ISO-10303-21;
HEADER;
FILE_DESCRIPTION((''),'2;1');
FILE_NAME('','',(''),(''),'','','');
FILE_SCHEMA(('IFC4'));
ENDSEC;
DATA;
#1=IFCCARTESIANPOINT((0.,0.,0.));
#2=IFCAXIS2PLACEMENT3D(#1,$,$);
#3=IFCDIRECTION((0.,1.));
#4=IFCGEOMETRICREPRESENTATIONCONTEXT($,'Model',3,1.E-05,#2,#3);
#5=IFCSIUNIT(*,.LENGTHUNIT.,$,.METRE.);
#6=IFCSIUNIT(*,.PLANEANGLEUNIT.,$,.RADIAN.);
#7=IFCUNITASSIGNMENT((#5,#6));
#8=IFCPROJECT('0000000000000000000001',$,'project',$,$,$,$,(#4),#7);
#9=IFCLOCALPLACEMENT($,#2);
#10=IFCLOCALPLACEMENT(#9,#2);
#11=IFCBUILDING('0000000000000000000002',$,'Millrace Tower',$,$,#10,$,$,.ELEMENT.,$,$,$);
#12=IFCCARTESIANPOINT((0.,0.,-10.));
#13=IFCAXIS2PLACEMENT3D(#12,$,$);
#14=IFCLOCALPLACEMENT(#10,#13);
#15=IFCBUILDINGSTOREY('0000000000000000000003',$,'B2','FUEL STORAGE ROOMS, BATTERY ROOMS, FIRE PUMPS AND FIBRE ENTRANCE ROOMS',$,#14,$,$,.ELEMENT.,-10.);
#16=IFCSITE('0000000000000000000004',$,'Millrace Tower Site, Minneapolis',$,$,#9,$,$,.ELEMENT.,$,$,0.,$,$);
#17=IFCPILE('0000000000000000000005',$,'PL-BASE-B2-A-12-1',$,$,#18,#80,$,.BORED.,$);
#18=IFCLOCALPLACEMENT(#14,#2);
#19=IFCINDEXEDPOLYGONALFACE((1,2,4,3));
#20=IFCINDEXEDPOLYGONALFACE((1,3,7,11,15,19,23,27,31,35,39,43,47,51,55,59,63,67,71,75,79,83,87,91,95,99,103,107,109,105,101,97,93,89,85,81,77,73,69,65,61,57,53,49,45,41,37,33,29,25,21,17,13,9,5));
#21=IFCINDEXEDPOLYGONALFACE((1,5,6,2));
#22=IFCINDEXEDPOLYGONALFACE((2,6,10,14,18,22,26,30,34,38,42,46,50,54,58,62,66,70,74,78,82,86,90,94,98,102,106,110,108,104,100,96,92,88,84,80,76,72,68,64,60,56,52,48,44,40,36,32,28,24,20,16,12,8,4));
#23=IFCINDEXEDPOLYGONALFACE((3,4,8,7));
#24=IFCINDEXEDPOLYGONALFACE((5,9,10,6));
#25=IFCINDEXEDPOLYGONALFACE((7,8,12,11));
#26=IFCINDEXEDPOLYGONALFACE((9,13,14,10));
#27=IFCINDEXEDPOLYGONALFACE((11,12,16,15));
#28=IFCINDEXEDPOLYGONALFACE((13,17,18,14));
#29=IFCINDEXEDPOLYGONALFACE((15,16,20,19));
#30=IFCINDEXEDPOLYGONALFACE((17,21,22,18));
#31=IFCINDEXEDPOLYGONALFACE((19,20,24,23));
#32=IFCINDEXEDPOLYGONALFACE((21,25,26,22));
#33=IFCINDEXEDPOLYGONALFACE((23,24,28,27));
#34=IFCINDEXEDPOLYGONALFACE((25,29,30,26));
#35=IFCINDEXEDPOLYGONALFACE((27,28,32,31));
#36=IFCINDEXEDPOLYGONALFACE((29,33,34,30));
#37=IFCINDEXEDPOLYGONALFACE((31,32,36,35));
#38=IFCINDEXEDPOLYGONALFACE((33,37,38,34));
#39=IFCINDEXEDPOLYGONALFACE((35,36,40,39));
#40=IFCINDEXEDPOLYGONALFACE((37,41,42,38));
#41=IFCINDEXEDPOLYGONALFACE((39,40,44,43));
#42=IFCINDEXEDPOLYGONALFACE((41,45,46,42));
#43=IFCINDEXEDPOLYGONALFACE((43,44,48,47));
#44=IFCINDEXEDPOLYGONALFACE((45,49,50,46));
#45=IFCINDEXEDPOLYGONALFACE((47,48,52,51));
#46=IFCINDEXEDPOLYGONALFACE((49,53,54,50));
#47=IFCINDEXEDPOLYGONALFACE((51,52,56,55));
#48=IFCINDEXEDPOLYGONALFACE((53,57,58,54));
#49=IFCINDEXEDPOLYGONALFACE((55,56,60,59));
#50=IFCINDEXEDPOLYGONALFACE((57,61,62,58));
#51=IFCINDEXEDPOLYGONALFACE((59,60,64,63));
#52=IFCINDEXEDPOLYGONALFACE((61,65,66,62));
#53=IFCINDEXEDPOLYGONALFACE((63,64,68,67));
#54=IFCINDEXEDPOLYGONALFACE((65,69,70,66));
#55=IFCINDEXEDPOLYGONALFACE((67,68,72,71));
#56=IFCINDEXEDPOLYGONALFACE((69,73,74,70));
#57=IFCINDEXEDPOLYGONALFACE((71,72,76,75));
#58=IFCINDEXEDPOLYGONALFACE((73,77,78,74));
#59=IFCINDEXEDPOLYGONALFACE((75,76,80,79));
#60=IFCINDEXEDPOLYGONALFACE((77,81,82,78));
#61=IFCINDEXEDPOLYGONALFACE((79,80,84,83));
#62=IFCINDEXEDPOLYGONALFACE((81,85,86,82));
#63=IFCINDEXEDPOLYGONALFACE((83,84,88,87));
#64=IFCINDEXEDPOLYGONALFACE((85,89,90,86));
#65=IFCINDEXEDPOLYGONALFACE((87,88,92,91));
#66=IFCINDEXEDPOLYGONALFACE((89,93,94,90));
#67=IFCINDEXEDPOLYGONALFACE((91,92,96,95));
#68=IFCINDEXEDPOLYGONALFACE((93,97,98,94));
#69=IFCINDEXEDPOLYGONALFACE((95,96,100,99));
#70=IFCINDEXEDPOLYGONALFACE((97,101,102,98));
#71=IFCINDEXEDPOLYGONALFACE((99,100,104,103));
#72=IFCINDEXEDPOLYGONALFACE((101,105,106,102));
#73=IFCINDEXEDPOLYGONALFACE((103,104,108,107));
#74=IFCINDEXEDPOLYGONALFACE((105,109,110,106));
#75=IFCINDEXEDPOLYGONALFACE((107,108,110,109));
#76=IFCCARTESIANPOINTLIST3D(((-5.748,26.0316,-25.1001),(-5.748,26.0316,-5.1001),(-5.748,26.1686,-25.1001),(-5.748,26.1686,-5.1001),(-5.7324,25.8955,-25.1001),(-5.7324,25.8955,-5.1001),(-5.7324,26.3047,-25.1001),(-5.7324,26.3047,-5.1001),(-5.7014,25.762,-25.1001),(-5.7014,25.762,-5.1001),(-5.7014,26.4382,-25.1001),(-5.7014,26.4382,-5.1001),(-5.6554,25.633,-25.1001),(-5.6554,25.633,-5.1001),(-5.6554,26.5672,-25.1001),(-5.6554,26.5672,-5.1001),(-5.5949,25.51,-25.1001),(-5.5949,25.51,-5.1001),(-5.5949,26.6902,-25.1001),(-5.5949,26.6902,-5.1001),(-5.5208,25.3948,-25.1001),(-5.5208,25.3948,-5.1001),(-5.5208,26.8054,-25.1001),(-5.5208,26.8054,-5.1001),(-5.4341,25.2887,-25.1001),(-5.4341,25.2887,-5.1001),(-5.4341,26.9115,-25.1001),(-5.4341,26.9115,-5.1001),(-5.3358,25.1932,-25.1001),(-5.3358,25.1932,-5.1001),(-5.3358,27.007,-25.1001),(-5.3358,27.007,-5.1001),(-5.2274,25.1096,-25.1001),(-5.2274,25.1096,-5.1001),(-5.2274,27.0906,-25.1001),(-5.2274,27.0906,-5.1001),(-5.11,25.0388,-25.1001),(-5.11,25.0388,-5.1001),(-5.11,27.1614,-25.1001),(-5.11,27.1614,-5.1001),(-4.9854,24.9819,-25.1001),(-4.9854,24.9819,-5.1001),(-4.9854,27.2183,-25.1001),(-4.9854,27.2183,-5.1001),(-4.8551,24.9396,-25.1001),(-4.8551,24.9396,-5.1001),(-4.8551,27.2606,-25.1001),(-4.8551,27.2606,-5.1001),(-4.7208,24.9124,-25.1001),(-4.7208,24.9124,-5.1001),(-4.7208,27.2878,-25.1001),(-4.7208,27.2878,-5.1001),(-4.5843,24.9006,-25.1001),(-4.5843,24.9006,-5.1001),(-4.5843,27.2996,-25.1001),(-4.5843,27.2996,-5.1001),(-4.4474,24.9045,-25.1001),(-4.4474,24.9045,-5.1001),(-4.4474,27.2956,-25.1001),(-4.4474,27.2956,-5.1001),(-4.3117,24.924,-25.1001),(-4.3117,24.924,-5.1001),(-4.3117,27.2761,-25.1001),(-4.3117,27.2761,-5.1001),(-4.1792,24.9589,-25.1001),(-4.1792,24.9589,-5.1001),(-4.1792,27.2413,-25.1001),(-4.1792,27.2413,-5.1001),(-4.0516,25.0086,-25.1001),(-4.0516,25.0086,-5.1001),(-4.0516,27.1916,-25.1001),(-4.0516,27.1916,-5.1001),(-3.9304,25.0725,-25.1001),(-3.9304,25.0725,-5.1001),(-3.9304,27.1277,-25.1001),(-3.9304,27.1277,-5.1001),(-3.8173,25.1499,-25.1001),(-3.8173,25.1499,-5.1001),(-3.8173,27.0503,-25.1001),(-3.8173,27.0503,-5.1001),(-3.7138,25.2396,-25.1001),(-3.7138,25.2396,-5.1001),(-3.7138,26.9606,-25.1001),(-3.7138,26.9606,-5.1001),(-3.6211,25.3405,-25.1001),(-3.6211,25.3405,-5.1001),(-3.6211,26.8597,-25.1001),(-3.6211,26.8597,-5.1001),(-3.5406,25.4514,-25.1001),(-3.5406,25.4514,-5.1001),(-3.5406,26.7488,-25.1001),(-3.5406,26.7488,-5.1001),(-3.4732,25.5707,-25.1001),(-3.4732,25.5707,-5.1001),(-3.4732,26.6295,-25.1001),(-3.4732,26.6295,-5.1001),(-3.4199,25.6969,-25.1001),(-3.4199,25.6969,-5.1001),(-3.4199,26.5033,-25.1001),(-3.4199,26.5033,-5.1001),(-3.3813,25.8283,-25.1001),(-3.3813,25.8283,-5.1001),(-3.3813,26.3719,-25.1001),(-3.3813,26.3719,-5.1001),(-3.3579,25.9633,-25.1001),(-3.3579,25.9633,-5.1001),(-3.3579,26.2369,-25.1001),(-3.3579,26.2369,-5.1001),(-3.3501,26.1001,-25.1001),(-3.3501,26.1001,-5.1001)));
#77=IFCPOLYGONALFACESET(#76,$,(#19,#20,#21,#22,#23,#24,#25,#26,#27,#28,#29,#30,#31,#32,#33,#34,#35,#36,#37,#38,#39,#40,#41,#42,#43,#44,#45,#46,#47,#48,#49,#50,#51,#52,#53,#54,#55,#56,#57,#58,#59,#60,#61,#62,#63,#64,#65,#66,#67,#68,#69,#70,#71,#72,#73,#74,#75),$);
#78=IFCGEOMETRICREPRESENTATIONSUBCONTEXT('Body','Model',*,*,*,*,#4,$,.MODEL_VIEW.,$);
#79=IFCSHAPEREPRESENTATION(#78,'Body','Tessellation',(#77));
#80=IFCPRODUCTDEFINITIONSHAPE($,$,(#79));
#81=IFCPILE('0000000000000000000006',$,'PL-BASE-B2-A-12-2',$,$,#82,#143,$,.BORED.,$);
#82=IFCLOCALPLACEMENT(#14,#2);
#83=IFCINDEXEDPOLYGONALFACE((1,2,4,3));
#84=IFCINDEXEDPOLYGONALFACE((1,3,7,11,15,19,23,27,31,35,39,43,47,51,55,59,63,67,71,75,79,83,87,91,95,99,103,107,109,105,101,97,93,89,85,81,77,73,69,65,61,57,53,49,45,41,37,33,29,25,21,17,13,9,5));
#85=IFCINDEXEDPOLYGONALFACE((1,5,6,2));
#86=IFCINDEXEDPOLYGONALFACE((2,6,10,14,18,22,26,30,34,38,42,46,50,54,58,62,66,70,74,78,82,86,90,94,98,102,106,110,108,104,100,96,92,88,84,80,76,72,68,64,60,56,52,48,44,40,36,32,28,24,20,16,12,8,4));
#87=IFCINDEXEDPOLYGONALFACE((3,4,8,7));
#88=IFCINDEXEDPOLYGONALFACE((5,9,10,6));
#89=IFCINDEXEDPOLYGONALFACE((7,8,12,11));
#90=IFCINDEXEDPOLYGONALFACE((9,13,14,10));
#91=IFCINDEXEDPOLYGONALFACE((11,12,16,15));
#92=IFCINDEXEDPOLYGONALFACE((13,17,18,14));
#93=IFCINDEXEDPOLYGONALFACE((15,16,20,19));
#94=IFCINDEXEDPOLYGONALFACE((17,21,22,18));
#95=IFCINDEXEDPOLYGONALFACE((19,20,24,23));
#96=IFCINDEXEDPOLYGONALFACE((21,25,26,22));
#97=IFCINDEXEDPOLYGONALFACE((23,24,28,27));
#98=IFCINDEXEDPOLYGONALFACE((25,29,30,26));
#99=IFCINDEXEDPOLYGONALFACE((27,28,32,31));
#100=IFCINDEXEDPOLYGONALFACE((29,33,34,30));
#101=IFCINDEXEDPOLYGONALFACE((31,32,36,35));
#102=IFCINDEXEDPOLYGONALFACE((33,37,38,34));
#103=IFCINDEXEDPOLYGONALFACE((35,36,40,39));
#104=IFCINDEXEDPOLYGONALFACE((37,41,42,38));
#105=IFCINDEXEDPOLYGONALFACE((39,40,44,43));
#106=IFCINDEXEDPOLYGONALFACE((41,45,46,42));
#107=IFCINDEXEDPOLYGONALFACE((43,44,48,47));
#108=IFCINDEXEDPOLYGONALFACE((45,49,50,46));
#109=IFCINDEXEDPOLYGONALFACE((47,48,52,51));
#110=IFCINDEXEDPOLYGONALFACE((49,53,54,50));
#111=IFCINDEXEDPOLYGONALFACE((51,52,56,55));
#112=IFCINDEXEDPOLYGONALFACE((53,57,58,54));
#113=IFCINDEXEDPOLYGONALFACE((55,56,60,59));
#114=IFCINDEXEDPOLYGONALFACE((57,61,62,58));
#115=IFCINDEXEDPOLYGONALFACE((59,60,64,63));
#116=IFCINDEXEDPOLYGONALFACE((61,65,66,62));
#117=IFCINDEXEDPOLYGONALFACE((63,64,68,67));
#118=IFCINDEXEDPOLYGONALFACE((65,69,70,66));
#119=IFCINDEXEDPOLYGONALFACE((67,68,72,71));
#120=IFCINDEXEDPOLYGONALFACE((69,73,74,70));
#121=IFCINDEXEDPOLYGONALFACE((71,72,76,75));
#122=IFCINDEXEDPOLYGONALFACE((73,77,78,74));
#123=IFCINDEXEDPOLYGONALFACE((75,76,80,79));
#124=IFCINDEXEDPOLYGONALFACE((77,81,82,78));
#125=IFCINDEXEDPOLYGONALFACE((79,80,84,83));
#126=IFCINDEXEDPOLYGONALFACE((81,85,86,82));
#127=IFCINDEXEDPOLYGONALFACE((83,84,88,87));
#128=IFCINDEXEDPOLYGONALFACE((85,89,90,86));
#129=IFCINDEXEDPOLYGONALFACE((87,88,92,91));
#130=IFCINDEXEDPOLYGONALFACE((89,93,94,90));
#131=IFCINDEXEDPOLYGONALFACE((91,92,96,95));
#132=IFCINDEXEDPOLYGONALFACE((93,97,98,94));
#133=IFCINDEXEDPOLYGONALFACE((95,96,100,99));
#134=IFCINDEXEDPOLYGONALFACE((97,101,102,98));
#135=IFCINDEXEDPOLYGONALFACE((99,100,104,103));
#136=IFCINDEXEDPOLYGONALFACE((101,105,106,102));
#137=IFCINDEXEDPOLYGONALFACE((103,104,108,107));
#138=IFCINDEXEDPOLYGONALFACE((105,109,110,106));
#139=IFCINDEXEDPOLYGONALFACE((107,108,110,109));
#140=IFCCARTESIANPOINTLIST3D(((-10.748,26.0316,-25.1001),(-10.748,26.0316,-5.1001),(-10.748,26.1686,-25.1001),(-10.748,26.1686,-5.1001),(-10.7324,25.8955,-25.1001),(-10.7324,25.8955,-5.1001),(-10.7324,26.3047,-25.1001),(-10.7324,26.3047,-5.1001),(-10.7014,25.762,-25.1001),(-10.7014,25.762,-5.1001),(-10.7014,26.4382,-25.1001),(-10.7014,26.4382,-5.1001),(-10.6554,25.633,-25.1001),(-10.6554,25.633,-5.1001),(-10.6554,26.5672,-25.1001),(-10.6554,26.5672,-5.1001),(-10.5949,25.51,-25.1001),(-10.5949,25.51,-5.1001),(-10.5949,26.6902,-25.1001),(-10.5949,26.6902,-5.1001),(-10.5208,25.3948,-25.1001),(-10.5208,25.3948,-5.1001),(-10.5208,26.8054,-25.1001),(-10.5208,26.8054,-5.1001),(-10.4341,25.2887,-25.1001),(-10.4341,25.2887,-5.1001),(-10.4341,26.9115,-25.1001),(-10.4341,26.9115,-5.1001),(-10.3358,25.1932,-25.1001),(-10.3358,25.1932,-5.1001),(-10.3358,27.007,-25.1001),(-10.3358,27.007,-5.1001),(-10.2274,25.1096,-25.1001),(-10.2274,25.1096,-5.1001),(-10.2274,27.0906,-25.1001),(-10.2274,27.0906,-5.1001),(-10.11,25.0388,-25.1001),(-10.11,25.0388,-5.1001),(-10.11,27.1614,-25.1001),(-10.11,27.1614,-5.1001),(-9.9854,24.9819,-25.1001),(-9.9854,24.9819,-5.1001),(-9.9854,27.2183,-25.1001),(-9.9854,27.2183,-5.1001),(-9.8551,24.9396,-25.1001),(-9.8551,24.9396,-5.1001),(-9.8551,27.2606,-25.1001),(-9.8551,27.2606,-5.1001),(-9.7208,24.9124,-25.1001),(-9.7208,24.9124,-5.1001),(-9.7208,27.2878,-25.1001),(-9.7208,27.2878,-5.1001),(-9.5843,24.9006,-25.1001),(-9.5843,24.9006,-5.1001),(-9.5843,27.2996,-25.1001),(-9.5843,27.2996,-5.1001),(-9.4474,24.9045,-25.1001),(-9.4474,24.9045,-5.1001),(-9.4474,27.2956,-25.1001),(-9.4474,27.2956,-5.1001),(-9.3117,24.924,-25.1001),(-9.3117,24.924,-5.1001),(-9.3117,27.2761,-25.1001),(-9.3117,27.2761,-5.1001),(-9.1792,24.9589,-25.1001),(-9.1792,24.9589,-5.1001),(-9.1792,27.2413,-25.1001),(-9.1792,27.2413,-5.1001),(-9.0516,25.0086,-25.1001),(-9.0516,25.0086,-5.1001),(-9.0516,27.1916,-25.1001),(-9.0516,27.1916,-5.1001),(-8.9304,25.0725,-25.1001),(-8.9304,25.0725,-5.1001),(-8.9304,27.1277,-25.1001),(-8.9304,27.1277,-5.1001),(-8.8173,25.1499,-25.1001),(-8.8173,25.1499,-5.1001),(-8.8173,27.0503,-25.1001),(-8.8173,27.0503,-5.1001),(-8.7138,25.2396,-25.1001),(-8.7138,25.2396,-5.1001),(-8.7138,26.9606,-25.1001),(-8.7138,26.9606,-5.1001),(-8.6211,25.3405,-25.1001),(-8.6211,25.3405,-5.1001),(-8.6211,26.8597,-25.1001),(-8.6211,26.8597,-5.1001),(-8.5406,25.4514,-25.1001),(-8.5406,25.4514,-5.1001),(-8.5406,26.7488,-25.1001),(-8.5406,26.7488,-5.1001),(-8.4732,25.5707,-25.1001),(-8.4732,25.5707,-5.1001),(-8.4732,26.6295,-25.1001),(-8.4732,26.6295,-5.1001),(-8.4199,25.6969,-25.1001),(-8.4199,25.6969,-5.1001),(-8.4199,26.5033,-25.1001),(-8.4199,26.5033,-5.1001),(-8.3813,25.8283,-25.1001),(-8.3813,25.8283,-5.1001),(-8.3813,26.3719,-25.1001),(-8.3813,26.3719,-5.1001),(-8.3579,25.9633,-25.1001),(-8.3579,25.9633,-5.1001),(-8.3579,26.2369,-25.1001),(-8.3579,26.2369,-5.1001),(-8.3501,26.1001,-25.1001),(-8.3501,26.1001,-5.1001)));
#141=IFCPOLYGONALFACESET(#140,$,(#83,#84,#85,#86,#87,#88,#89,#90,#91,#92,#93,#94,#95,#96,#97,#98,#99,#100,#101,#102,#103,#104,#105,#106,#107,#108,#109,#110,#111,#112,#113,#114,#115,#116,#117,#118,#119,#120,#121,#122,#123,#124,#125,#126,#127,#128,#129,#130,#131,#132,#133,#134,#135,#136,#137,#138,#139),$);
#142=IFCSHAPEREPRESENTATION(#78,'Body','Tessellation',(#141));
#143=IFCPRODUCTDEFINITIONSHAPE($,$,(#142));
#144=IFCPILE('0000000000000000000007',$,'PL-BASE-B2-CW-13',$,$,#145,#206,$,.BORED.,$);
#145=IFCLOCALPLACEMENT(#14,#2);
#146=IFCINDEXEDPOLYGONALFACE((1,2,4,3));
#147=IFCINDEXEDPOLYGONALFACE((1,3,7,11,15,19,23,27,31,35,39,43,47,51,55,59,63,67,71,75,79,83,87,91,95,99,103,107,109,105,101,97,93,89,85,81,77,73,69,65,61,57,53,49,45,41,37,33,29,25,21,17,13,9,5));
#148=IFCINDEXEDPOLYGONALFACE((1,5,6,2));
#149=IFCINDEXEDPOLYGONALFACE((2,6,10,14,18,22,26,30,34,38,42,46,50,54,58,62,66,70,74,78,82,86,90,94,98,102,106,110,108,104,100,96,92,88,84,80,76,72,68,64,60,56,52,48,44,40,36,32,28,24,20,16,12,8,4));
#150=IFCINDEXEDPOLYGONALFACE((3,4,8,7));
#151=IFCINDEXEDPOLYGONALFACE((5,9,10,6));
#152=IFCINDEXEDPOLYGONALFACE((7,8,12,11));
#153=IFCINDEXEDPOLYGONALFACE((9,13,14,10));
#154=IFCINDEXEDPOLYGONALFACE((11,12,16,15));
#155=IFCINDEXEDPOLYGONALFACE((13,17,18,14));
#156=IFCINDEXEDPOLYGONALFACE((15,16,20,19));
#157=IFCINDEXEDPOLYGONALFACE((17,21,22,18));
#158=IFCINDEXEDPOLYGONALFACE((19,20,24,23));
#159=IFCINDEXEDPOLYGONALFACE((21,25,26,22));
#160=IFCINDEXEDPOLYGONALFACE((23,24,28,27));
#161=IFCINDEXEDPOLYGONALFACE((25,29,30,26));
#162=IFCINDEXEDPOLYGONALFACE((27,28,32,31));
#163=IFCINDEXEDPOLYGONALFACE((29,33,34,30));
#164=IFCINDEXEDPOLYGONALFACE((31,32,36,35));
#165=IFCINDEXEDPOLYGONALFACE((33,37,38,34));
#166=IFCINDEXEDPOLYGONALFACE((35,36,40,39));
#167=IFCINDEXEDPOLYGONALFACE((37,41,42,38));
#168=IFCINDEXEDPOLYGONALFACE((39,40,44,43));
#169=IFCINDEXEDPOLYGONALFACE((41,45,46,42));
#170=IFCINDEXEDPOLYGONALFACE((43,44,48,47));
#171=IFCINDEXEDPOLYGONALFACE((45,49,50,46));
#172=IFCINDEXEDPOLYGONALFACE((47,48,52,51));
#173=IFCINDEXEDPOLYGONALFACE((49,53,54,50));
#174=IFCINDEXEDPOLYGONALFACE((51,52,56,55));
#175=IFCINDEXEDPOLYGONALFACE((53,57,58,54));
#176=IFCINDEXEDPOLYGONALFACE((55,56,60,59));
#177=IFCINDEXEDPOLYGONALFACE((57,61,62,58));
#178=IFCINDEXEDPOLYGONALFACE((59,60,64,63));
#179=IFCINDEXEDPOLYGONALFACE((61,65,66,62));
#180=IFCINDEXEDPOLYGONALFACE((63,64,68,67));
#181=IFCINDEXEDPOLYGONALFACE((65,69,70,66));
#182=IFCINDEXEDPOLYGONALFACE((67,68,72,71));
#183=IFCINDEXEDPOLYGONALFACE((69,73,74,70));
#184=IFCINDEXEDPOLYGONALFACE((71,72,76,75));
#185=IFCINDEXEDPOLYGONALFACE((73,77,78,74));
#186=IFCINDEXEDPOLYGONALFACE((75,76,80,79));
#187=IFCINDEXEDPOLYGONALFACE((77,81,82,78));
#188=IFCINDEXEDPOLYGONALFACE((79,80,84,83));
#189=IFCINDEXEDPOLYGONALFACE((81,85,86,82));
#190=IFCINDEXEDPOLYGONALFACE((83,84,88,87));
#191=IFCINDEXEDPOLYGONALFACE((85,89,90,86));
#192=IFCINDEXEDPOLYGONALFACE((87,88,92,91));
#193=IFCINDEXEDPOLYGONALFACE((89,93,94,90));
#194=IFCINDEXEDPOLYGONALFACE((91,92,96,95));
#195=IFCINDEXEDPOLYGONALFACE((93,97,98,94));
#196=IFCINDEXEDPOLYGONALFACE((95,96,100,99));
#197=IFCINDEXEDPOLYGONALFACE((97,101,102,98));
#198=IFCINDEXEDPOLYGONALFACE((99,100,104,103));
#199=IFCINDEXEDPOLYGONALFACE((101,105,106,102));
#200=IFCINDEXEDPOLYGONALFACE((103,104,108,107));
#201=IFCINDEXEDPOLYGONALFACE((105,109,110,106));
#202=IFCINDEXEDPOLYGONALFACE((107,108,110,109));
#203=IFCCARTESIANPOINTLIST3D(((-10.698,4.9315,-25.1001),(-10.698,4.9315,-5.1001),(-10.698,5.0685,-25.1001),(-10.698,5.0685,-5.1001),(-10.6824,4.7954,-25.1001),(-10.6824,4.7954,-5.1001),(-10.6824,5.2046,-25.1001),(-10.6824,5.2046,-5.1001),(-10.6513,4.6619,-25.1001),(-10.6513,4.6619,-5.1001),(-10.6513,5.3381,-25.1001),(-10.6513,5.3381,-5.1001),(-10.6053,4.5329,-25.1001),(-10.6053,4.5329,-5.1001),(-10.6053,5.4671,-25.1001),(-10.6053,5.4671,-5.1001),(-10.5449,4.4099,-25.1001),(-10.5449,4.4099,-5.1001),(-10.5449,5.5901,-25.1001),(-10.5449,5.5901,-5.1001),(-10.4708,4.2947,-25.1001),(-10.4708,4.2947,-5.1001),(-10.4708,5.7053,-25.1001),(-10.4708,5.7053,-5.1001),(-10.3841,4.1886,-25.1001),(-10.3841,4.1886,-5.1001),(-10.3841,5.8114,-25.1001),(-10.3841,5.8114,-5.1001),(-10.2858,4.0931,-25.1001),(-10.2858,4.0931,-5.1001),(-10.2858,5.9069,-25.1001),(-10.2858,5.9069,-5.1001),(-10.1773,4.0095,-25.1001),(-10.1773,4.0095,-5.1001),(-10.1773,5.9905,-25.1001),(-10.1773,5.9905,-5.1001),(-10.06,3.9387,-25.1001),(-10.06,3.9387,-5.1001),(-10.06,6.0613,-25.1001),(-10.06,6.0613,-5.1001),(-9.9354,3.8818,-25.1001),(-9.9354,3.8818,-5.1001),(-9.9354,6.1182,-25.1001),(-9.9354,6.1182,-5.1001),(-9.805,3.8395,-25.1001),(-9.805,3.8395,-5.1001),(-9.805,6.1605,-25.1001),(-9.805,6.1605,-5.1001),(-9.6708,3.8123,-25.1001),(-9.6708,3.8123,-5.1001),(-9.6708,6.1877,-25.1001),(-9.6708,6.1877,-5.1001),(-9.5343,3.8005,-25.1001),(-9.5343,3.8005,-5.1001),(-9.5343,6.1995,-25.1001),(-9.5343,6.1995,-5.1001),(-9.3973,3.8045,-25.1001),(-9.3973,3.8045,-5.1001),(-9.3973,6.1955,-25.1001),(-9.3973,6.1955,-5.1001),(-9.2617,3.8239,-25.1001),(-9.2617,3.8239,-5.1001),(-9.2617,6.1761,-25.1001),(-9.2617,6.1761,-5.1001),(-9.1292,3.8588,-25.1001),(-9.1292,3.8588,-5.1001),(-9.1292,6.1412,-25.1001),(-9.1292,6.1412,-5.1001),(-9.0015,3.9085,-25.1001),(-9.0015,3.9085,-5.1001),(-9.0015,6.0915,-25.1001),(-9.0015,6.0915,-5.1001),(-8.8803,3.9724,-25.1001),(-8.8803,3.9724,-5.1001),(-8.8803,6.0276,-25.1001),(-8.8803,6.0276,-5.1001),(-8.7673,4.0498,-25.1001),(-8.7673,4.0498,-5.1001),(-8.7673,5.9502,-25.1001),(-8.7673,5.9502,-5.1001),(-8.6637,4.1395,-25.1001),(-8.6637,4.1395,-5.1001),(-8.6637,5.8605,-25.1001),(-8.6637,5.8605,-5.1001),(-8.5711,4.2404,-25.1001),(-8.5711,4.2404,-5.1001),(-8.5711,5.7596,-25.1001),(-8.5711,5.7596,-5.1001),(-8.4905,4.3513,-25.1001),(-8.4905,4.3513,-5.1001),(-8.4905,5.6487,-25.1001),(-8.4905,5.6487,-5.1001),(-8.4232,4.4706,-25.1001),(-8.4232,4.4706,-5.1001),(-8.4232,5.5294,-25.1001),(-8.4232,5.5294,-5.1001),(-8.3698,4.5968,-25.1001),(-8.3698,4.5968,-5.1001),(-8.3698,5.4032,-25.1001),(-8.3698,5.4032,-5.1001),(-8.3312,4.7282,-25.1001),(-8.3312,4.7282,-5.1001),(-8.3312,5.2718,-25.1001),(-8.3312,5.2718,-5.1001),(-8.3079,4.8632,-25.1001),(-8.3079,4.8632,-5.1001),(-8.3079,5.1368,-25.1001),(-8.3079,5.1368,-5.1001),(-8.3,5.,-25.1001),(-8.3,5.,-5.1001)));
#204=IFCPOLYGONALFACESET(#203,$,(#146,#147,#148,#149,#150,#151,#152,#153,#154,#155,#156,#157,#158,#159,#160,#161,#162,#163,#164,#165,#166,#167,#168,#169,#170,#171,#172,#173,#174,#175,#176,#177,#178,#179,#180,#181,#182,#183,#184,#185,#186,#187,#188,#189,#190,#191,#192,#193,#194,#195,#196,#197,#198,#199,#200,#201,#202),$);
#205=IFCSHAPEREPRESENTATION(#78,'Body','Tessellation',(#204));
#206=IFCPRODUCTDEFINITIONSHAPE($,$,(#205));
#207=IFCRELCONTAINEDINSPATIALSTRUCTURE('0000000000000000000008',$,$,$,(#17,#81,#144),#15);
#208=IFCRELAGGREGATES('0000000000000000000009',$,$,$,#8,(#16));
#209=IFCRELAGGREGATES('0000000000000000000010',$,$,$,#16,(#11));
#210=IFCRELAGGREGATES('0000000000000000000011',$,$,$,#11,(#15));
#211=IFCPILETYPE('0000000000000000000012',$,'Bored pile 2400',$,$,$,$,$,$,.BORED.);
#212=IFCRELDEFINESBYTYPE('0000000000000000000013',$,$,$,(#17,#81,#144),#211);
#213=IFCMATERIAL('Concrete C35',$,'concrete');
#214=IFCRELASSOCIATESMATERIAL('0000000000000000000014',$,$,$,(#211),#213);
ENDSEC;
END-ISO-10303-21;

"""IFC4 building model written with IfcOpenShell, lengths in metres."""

from ifc_helpers import new_model, si_unit, direction, frame, origin, origin_2d, place, context, subcontext, project, spatial, circle, extrude, material, material_profile, profile_set, type_object, element, save


model = new_model("IFC4")

# Units and contexts
model_context = context("Model", 3, precision=1e-05, world=origin(), true_north=direction((0.0, 1.0)))
body_context = subcontext(model_context, "Body", "Model", "MODEL_VIEW")
ifc_project = project(units=[si_unit("LENGTHUNIT", "METRE"), si_unit("PLANEANGLEUNIT", "RADIAN")], contexts=[model_context])

# Site, building, storey
site_placement = place(None, origin())
site = spatial("IfcSite", under=ifc_project, at=site_placement, Name="Millrace Tower Site, Minneapolis", CompositionType="ELEMENT", RefElevation=0.0)
building_placement = place(site_placement, origin())
building = spatial("IfcBuilding", under=site, at=building_placement, Name="Millrace Tower", CompositionType="ELEMENT")
storey_placement = place(building_placement, frame((0.0, 0.0, -10.0)))
storey = spatial("IfcBuildingStorey", under=building, at=storey_placement, Name="B2", Description="FUEL STORAGE ROOMS, BATTERY ROOMS, FIRE PUMPS AND FIBRE ENTRANCE ROOMS", CompositionType="ELEMENT", Elevation=-10.0)

# Piles
ifc_material_1 = material(Name="Concrete C35", Category="concrete")
ifc_material_profile_1 = material_profile(ifc_material_1, circle(Radius=1.2, at=origin_2d()))
ifc_profile_set_1 = profile_set([ifc_material_profile_1], Name="Concrete C35")
pile_type = type_object("IfcPileType", Name="Bored pile 2400", PredefinedType="BORED", material=ifc_profile_set_1)
for number, where, z_axis, x_axis, name in (
    (1, (-4.55, 26.1001, -5.1001), (0.0, 0.0, -1.0), (1.0, 0.0, 0.0), "PL-BASE-B2-A-12-1"),
    (2, (-9.55, 26.1001, -5.1001), (0.0, 0.0, -1.0), (1.0, 0.0, 0.0), "PL-BASE-B2-A-12-2"),
    (3, (-9.5, 5.0, -5.1001), (0.0, 0.0, -1.0), (1.0, 0.0, 0.0), "PL-BASE-B2-CW-13"),
):
    element("IfcPile", number, at=place(storey_placement, frame(where, z_axis=z_axis, x_axis=x_axis)), inside=storey, type_object=pile_type, Name=name, PredefinedType="BORED", context=body_context, shape_type="SweptSolid", body=[
        extrude(circle(Radius=1.2, at=origin_2d()), origin(), (0.0, 0.0, 1.0), 20.0),
    ])

save(model, "model.ifc")
